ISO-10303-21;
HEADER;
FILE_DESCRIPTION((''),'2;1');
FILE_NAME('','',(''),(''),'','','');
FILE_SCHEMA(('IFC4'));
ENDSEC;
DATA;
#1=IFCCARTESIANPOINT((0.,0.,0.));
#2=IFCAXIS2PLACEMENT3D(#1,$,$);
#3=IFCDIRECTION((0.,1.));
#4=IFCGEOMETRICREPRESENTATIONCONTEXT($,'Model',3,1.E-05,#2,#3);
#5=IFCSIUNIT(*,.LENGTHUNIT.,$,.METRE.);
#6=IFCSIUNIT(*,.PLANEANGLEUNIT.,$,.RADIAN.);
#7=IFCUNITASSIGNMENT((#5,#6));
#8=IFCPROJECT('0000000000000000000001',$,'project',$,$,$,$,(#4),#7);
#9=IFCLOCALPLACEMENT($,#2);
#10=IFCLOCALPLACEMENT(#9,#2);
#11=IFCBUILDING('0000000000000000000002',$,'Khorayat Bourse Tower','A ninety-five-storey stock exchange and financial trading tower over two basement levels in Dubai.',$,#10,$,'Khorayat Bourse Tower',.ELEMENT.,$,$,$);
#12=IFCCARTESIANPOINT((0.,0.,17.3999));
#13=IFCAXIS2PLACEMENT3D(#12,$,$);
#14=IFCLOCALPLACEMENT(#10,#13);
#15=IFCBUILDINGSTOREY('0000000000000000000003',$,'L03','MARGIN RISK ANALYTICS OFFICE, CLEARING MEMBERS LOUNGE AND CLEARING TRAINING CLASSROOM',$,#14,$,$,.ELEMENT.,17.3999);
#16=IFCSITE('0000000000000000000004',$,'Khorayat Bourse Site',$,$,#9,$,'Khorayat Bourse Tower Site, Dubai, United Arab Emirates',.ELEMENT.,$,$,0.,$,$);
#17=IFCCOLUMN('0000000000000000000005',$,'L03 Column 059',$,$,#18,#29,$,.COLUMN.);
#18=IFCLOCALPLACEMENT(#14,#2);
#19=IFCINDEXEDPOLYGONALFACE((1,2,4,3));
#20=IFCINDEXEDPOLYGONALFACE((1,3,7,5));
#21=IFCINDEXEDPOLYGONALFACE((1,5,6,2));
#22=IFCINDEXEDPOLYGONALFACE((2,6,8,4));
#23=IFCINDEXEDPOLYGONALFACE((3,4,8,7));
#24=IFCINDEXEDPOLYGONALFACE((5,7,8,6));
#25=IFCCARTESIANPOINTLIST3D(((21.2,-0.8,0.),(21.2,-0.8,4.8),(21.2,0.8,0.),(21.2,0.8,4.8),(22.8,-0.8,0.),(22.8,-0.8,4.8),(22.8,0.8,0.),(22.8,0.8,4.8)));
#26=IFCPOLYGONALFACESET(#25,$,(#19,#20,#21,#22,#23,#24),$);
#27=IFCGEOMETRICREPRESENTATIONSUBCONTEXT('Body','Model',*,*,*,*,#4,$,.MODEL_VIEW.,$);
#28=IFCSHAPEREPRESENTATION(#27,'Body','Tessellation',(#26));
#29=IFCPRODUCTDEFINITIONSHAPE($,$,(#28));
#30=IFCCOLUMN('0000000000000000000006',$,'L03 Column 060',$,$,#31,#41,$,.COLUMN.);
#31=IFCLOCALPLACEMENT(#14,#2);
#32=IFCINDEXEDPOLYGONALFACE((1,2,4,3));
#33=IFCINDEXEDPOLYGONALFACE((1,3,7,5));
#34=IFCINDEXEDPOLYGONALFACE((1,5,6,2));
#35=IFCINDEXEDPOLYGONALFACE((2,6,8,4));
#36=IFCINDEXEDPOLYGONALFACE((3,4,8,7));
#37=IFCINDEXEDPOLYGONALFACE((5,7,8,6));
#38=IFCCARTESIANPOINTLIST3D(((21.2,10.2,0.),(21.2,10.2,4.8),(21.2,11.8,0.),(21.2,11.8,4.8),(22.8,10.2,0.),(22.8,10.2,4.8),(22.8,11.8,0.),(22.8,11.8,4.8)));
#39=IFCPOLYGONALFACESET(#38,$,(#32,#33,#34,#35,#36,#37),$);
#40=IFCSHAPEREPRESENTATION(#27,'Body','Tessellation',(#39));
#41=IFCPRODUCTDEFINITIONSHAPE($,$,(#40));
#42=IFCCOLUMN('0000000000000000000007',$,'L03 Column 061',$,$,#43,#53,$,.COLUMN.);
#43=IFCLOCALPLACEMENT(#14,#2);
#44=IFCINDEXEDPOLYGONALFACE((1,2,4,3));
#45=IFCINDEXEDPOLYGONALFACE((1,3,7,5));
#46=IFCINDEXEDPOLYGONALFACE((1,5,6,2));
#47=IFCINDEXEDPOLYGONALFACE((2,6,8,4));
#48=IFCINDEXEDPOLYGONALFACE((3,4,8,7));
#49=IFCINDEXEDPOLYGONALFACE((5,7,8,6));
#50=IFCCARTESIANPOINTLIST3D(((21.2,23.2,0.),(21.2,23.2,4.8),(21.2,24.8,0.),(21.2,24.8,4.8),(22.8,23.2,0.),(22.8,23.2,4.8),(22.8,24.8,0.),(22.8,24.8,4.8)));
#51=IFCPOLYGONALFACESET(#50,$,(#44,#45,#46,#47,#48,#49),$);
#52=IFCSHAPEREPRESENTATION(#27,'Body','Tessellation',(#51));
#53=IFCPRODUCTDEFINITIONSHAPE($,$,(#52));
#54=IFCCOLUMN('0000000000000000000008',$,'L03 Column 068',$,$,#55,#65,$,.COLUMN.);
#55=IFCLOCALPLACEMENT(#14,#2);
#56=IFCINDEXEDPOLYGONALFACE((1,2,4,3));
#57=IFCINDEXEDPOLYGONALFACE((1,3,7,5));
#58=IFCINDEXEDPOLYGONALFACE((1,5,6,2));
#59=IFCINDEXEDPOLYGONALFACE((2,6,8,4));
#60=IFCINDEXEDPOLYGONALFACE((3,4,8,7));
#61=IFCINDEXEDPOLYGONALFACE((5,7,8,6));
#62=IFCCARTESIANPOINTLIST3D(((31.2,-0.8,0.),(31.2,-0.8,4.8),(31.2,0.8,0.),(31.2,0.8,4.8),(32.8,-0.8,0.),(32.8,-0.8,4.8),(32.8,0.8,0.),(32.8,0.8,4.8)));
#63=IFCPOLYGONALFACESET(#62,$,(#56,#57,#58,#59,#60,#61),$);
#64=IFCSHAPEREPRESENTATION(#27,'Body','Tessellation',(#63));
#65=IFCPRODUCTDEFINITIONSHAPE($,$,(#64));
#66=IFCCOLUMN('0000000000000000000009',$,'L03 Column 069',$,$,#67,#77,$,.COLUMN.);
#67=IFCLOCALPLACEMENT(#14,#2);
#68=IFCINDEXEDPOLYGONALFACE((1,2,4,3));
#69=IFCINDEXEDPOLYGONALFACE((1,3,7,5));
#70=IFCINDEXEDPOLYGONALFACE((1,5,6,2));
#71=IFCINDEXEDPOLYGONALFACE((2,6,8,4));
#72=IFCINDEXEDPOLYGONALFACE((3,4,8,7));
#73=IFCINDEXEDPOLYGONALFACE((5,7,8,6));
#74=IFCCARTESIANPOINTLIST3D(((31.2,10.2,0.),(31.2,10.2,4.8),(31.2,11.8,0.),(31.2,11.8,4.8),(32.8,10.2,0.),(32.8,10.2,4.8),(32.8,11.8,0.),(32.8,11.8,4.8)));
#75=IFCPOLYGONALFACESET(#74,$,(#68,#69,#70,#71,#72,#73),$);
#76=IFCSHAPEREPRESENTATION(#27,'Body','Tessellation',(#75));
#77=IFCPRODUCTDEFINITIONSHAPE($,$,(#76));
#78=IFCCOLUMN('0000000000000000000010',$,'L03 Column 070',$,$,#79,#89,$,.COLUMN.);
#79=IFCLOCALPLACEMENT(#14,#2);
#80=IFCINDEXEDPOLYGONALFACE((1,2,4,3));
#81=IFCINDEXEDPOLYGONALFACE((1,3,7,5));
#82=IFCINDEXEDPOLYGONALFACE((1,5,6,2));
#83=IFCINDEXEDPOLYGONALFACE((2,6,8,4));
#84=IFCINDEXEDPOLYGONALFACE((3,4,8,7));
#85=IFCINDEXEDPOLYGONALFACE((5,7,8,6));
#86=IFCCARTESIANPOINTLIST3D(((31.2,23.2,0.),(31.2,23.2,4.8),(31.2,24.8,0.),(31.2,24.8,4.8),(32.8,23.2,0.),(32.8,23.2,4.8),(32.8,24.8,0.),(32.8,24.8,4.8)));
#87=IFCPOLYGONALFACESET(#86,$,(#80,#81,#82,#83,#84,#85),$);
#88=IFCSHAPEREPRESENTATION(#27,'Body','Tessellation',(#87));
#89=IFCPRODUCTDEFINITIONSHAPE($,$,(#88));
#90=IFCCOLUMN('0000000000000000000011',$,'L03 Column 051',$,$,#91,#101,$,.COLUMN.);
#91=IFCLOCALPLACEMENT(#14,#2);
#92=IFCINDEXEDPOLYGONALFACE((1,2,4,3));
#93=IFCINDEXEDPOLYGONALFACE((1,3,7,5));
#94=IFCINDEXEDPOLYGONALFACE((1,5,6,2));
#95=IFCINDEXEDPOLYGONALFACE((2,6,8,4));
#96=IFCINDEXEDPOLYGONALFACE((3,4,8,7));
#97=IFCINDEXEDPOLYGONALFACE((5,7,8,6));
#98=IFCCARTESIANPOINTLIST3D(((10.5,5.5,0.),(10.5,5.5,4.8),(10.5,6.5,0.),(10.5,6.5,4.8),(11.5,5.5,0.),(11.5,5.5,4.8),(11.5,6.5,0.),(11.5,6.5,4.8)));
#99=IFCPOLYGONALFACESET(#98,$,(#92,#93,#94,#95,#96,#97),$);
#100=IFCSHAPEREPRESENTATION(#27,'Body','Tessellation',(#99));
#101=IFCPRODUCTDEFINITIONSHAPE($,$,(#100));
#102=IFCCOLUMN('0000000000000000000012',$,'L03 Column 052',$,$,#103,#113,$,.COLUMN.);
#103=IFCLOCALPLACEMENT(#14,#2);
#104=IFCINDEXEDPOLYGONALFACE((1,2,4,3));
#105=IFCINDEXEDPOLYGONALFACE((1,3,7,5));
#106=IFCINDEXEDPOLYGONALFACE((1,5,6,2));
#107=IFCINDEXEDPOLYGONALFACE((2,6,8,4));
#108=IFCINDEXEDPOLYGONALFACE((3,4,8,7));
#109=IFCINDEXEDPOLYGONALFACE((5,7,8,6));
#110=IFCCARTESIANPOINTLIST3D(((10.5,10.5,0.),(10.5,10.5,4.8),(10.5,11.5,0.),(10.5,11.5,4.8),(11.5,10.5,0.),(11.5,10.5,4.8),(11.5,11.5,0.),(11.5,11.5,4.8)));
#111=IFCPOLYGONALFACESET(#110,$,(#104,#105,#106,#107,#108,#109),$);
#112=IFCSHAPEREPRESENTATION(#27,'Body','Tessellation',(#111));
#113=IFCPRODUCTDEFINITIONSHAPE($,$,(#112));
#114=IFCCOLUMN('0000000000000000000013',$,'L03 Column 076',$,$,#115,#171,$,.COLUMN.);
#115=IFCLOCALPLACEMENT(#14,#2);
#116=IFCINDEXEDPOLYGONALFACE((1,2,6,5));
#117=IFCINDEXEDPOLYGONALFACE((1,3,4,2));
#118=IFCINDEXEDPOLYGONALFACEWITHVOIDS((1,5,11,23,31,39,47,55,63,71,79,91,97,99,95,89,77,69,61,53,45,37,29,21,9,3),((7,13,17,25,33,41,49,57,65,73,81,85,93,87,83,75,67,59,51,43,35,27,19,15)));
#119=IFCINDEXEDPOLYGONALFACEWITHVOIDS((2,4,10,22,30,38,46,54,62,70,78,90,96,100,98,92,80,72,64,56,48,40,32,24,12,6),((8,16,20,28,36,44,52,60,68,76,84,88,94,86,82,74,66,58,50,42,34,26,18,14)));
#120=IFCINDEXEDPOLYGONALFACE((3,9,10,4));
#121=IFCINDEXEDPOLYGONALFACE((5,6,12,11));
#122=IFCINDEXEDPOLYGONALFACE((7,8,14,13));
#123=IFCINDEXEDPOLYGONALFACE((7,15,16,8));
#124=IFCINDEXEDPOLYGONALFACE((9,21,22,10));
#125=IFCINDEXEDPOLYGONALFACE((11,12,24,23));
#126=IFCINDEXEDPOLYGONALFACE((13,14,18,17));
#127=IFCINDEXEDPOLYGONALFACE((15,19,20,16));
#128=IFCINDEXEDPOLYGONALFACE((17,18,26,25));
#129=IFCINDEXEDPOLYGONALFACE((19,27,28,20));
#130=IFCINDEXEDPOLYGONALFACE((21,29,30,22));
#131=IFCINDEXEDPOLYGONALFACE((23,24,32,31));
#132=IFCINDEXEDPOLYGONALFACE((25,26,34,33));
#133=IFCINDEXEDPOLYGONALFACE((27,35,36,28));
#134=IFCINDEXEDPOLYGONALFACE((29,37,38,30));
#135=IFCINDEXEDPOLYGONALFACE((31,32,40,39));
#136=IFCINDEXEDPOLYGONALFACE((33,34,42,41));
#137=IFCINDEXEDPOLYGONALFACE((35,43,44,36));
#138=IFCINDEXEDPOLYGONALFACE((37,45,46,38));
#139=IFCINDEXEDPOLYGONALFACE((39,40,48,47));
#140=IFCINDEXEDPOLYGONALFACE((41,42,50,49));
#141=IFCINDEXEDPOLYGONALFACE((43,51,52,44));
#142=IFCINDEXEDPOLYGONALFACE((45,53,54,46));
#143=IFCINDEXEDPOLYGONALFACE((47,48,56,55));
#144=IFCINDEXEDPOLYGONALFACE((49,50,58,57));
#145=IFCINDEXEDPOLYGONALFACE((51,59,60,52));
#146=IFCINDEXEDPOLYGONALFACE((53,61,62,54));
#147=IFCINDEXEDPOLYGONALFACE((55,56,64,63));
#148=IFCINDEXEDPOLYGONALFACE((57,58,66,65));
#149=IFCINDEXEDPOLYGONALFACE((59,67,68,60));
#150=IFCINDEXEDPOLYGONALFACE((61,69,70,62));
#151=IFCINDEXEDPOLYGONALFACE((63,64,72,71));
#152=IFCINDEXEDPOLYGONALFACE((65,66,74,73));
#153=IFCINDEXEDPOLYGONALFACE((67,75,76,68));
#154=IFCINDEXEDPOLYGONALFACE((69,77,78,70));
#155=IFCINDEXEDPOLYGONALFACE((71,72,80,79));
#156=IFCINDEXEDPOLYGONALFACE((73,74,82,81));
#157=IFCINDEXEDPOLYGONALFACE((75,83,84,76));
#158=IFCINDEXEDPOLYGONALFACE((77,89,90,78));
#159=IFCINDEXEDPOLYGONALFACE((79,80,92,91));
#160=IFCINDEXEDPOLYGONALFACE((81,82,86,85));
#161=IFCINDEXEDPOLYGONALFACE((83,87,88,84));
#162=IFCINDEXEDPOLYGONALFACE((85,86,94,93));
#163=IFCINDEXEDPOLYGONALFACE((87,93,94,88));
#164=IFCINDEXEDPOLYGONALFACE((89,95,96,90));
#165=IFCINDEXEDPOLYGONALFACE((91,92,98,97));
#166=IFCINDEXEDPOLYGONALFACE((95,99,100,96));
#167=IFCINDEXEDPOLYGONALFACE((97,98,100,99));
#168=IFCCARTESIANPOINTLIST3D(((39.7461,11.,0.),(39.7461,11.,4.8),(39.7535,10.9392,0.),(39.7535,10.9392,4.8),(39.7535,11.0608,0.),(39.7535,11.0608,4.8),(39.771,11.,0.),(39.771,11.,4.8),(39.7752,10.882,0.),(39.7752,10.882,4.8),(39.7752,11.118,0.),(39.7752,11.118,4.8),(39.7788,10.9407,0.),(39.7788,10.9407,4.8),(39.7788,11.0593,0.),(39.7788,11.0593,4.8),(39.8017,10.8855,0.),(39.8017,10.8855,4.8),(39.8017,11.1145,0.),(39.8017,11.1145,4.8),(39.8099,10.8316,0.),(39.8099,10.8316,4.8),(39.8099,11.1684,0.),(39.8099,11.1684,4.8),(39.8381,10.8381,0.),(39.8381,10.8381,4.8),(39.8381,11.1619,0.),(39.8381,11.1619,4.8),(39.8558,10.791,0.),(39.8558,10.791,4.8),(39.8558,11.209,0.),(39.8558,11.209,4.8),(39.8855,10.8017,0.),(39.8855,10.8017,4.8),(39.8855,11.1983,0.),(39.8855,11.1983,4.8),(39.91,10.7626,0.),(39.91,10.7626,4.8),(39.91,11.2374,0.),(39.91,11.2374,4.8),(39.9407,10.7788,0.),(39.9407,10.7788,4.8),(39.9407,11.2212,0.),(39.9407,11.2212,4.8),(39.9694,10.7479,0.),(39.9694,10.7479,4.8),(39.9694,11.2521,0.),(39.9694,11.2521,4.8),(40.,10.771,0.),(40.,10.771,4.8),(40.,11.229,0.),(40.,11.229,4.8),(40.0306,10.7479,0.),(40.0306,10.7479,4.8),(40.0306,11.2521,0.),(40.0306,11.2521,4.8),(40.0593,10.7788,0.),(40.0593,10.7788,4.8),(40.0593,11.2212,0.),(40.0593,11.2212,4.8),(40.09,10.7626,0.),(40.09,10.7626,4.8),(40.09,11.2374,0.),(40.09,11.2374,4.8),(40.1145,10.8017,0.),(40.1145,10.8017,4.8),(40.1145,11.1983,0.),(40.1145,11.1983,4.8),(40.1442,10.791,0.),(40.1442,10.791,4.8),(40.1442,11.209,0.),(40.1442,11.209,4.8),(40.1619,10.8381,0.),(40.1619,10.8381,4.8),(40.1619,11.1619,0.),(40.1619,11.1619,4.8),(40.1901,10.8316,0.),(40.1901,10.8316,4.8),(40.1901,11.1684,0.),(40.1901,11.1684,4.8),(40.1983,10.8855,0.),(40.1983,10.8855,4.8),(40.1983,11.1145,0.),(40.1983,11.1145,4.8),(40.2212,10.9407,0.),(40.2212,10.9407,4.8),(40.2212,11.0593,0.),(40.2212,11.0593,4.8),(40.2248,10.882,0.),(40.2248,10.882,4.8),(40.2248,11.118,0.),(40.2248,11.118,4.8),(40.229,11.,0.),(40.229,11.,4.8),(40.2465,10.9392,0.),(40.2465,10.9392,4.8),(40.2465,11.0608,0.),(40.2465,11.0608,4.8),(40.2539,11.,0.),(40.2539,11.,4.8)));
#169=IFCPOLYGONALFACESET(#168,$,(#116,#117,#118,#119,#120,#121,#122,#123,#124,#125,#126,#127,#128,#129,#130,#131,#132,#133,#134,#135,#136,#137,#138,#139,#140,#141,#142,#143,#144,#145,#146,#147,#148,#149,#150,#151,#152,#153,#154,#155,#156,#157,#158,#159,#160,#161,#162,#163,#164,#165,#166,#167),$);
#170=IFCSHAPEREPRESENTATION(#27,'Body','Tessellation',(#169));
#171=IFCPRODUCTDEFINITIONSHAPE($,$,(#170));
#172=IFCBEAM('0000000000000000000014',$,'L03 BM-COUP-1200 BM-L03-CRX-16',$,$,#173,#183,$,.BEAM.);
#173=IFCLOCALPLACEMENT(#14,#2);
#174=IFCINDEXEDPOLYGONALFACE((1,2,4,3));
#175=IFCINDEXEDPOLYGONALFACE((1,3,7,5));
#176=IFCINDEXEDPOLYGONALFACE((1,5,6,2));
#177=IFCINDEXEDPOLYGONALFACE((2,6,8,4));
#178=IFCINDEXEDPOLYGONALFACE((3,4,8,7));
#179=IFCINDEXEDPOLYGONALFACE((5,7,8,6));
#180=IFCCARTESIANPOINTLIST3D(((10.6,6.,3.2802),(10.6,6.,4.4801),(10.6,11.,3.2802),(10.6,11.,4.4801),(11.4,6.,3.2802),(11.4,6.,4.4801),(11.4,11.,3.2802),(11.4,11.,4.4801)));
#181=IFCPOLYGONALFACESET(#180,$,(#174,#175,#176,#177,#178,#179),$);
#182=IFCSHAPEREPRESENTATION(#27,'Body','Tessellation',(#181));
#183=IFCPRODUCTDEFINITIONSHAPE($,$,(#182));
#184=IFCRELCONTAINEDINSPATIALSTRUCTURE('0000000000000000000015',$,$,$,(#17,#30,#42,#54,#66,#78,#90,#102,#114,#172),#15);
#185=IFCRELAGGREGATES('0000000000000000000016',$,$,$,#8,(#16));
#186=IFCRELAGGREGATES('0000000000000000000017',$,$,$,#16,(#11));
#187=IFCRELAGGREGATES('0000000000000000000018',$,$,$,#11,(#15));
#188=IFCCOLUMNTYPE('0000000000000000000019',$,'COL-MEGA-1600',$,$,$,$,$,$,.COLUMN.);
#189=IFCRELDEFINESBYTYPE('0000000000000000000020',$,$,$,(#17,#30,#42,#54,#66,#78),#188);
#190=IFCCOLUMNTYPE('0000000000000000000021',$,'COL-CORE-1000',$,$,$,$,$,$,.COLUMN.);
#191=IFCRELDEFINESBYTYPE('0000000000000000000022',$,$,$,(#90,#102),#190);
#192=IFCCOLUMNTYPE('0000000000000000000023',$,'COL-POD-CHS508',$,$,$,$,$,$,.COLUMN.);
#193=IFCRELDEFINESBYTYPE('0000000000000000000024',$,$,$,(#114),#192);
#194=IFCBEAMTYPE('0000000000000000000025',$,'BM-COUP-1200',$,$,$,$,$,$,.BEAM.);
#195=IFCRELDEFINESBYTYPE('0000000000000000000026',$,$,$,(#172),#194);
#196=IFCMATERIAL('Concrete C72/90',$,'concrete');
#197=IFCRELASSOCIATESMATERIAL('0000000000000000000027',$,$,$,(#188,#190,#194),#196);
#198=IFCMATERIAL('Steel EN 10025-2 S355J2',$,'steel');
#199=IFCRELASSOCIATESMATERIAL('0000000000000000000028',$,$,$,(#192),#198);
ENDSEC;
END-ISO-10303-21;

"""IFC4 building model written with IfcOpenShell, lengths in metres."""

from ifc_helpers import new_model, si_unit, direction, frame, origin, origin_2d, place, context, subcontext, project, spatial, rectangle, hollow_circle, extrude, source, transform, mapped, material, material_profile, profile_set, type_object, element, save


model = new_model("IFC4")

# Units and contexts
model_context = context("Model", 3, precision=1e-05, world=origin(), true_north=direction((0.0, 1.0)))
body_context = subcontext(model_context, "Body", "Model", "MODEL_VIEW")
ifc_project = project(units=[si_unit("LENGTHUNIT", "METRE"), si_unit("PLANEANGLEUNIT", "RADIAN")], contexts=[model_context])

# Site, building, storey
site_placement = place(None, origin())
site = spatial("IfcSite", under=ifc_project, at=site_placement, Name="Khorayat Bourse Site", LongName="Khorayat Bourse Tower Site, Dubai, United Arab Emirates", CompositionType="ELEMENT", RefElevation=0.0)
building_placement = place(site_placement, origin())
building = spatial("IfcBuilding", under=site, at=building_placement, Name="Khorayat Bourse Tower", Description="A ninety-five-storey stock exchange and financial trading tower over two basement levels in Dubai.", LongName="Khorayat Bourse Tower", CompositionType="ELEMENT")
storey_placement = place(building_placement, frame((0.0, 0.0, 17.3999)))
storey = spatial("IfcBuildingStorey", under=building, at=storey_placement, Name="L03", Description="MARGIN RISK ANALYTICS OFFICE, CLEARING MEMBERS LOUNGE AND CLEARING TRAINING CLASSROOM", CompositionType="ELEMENT", Elevation=17.3999)

# Columns
ifc_material_1 = material(Name="Concrete C72/90", Category="concrete")
ifc_material_profile_1 = material_profile(ifc_material_1, rectangle(XDim=1.6001, YDim=1.6001, at=origin_2d()), Name="RC 1600x1600")
ifc_profile_set_1 = profile_set([ifc_material_profile_1], Name="Concrete C72/90")
column_type_1 = type_object("IfcColumnType", Name="COL-MEGA-1600", PredefinedType="COLUMN", material=ifc_profile_set_1)
shared_shape_1 = source(origin(), body_context, "Body", "SweptSolid", [
    extrude(rectangle(XDim=1.6001, YDim=1.6001, at=origin_2d()), origin(), (0.0, 0.0, 1.0), 4.8),
])
for number, where, z_axis, x_axis, name in (
    (1, (22.0, 0.0, 0.0), (0.0, 0.0, 1.0), (1.0, 0.0, 0.0), "L03 Column 059"),
    (2, (22.0, 11.0, 0.0), (0.0, 0.0, 1.0), (1.0, 0.0, 0.0), "L03 Column 060"),
    (3, (22.0, 24.0, 0.0), (0.0, 0.0, 1.0), (1.0, 0.0, 0.0), "L03 Column 061"),
    (4, (32.0, 0.0, 0.0), (0.0, 0.0, 1.0), (1.0, 0.0, 0.0), "L03 Column 068"),
    (5, (32.0, 11.0, 0.0), (0.0, 0.0, 1.0), (1.0, 0.0, 0.0), "L03 Column 069"),
    (6, (32.0, 24.0, 0.0), (0.0, 0.0, 1.0), (1.0, 0.0, 0.0), "L03 Column 070"),
):
    element("IfcColumn", number, at=place(storey_placement, frame(where, z_axis=z_axis, x_axis=x_axis)), inside=storey, type_object=column_type_1, Name=name, PredefinedType="COLUMN", context=body_context, shape_type="MappedRepresentation", body=[
        mapped(shared_shape_1, transform((0.0, 0.0, 0.0), scale=1.0)),
    ])
ifc_material_profile_2 = material_profile(ifc_material_1, rectangle(XDim=1.0, YDim=1.0, at=origin_2d()), Name="RC 1000x1000")
ifc_profile_set_2 = profile_set([ifc_material_profile_2], Name="Concrete C72/90")
column_type_2 = type_object("IfcColumnType", Name="COL-CORE-1000", PredefinedType="COLUMN", material=ifc_profile_set_2)
shared_shape_2 = source(origin(), body_context, "Body", "SweptSolid", [
    extrude(rectangle(XDim=1.0, YDim=1.0, at=origin_2d()), origin(), (0.0, 0.0, 1.0), 4.8),
])
for number, where, z_axis, x_axis, name in (
    (7, (11.0, 6.0, 0.0), (0.0, 0.0, 1.0), (1.0, 0.0, 0.0), "L03 Column 051"),
    (8, (11.0, 11.0, 0.0), (0.0, 0.0, 1.0), (1.0, 0.0, 0.0), "L03 Column 052"),
):
    element("IfcColumn", number, at=place(storey_placement, frame(where, z_axis=z_axis, x_axis=x_axis)), inside=storey, type_object=column_type_2, Name=name, PredefinedType="COLUMN", context=body_context, shape_type="MappedRepresentation", body=[
        mapped(shared_shape_2, transform((0.0, 0.0, 0.0), scale=1.0)),
    ])
ifc_material_2 = material(Name="Steel EN 10025-2 S355J2", Category="steel")
ifc_material_profile_3 = material_profile(ifc_material_2, hollow_circle(Radius=0.2539, WallThickness=0.0249, at=origin_2d()), Name="CHS 508x25")
ifc_profile_set_3 = profile_set([ifc_material_profile_3], Name="Steel EN 10025-2 S355J2")
column_type_3 = type_object("IfcColumnType", Name="COL-POD-CHS508", PredefinedType="COLUMN", material=ifc_profile_set_3)
shared_shape_3 = source(origin(), body_context, "Body", "SweptSolid", [
    extrude(hollow_circle(Radius=0.2539, WallThickness=0.0249, at=origin_2d()), origin(), (0.0, 0.0, 1.0), 4.8),
])
column_placement = place(storey_placement, frame((40.0, 11.0, 0.0), z_axis=(0.0, 0.0, 1.0), x_axis=(1.0, 0.0, 0.0)))
element("IfcColumn", 9, at=column_placement, inside=storey, type_object=column_type_3, Name="L03 Column 076", PredefinedType="COLUMN", context=body_context, shape_type="MappedRepresentation", body=[
    mapped(shared_shape_3, transform((0.0, 0.0, 0.0), scale=1.0)),
])

# Beam
ifc_material_profile_4 = material_profile(ifc_material_1, rectangle(XDim=0.8, YDim=1.2, at=origin_2d()), Name="RC 800x1200")
ifc_profile_set_4 = profile_set([ifc_material_profile_4], Name="Concrete C72/90")
beam_type_1 = type_object("IfcBeamType", Name="BM-COUP-1200", PredefinedType="BEAM", material=ifc_profile_set_4)
shared_shape_4 = source(origin(), body_context, "Body", "SweptSolid", [
    extrude(rectangle(XDim=0.8, YDim=1.2, at=origin_2d()), origin(), (0.0, 0.0, 1.0), 5.0),
])
beam_1_placement = place(storey_placement, frame((11.0, 6.0, 3.8801), z_axis=(0.0, 1.0, 0.0), x_axis=(-1.0, 0.0, 0.0)))
element("IfcBeam", 10, at=beam_1_placement, inside=storey, type_object=beam_type_1, Name="L03 BM-COUP-1200 BM-L03-CRX-16", PredefinedType="BEAM", context=body_context, shape_type="MappedRepresentation", body=[
    mapped(shared_shape_4, transform((0.0, 0.0, 0.0), scale=1.0)),
])

save(model, "model.ifc")
